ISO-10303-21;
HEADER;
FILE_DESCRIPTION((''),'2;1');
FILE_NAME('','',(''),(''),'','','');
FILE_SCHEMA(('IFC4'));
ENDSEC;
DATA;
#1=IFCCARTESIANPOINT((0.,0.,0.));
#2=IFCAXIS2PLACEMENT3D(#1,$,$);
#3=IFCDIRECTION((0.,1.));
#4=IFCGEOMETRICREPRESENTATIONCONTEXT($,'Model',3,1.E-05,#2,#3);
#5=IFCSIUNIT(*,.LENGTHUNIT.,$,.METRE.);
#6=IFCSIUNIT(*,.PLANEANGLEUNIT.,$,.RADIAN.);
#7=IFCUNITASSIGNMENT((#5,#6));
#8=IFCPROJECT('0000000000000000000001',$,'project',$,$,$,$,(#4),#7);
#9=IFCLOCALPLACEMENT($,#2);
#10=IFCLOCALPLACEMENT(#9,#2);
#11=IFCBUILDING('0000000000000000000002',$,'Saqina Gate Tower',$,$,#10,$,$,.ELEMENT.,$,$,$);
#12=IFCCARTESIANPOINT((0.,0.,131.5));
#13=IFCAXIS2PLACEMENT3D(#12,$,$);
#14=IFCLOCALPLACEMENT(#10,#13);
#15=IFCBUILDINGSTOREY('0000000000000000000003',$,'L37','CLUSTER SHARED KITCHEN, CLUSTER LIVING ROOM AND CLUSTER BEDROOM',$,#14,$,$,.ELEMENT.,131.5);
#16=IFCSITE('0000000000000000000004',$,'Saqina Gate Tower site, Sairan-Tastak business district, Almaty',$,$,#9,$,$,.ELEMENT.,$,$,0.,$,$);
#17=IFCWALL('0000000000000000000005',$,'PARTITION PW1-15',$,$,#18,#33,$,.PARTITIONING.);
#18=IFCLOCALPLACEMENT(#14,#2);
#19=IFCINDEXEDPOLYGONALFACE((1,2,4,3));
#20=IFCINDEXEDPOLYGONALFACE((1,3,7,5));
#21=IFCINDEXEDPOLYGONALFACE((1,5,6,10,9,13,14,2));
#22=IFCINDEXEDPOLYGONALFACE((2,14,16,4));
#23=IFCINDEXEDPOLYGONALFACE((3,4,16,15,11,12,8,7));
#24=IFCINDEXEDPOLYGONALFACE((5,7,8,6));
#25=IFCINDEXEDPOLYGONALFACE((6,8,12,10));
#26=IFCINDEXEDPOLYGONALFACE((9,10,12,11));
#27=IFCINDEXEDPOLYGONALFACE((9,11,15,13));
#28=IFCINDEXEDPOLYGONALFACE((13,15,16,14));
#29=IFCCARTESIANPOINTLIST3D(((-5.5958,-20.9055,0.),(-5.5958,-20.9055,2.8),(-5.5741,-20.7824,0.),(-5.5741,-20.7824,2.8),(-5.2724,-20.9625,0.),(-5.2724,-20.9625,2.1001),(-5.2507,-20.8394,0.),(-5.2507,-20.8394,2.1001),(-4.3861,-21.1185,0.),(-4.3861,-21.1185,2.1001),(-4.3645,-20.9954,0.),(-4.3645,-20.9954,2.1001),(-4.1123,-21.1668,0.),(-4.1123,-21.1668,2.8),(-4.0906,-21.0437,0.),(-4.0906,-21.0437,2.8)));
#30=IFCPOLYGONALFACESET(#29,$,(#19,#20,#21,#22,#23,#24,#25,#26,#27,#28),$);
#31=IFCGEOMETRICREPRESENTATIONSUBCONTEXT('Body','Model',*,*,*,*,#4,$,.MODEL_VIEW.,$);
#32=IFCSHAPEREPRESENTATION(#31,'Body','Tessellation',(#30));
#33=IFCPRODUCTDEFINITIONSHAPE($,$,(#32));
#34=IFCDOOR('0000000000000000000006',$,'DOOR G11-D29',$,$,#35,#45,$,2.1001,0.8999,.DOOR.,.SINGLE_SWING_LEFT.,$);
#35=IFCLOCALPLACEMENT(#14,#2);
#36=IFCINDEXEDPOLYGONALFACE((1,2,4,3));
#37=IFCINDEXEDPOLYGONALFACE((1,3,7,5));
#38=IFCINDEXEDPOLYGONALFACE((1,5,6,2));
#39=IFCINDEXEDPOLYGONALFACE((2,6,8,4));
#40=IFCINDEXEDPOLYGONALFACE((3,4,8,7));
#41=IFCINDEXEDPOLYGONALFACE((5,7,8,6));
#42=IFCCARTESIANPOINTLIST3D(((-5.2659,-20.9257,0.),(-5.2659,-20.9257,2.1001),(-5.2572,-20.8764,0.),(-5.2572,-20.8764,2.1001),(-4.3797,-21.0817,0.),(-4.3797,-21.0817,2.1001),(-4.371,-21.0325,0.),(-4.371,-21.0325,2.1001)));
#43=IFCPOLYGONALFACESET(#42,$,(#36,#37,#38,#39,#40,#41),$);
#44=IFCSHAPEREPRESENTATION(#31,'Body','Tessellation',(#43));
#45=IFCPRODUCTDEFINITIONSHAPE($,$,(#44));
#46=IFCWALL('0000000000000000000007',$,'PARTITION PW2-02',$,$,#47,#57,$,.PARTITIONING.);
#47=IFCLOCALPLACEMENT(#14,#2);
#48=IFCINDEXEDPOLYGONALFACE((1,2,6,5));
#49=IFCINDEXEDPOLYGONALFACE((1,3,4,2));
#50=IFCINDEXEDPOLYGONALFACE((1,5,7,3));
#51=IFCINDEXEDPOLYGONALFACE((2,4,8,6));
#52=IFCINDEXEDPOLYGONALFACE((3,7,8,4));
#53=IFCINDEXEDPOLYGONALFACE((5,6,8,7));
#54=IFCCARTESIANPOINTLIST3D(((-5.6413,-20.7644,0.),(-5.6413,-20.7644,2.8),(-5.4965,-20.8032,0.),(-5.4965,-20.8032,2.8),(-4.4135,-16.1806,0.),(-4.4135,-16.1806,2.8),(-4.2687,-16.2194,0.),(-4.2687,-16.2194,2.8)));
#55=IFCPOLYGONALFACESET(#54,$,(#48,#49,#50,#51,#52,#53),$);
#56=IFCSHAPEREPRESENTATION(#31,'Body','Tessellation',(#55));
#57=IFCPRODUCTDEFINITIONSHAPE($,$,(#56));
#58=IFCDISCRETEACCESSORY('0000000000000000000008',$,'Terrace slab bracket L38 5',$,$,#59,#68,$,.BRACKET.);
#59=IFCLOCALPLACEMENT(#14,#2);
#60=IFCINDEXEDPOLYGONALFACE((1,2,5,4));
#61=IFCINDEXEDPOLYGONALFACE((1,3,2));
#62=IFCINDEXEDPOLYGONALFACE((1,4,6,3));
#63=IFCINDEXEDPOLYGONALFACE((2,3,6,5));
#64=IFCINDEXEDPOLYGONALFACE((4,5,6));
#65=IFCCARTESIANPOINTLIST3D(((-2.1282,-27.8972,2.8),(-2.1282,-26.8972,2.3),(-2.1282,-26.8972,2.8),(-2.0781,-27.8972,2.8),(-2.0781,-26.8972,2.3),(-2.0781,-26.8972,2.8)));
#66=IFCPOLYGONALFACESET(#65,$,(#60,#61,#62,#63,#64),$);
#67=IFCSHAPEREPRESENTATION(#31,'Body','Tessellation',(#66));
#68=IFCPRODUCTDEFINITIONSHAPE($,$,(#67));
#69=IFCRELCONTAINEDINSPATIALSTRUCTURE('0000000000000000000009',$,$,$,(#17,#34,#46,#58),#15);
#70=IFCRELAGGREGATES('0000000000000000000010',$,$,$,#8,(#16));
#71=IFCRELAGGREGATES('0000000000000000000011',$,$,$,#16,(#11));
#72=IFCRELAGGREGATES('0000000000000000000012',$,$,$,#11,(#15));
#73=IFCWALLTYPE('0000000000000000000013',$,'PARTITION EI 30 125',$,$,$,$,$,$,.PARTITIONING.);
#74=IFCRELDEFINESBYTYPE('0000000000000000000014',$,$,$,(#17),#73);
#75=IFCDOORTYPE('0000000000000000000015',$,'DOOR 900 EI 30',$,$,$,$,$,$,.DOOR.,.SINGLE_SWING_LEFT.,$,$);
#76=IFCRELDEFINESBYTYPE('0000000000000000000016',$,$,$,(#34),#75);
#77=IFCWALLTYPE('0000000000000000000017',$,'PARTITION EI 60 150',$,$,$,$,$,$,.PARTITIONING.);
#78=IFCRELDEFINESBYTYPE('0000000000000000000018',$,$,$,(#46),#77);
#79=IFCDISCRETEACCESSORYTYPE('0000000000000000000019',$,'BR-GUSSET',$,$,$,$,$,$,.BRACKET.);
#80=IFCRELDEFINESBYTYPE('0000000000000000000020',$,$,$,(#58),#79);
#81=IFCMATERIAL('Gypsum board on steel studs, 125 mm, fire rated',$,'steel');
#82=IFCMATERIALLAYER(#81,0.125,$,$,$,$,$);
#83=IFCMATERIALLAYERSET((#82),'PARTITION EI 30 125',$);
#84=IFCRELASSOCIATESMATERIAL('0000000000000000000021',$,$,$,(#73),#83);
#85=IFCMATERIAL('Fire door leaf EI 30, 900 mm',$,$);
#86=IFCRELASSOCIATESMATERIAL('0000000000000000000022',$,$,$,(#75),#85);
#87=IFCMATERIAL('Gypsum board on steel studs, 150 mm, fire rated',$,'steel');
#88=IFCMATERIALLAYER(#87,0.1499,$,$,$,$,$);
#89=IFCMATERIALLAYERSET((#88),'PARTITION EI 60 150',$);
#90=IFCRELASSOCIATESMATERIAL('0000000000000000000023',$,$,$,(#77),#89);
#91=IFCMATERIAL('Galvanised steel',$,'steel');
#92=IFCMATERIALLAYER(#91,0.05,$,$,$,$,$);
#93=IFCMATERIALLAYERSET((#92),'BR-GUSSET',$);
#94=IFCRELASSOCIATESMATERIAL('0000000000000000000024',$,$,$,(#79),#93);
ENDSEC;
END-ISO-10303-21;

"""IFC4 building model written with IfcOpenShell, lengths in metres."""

from ifc_helpers import new_model, si_unit, direction, frame, frame_2d, origin, place, context, subcontext, project, spatial, polyline, rectangle, outline, extrude, material, layer, layer_set, type_object, element, fill, save


model = new_model("IFC4")

# Units and contexts
model_context = context("Model", 3, precision=1e-05, world=origin(), true_north=direction((0.0, 1.0)))
body_context = subcontext(model_context, "Body", "Model", "MODEL_VIEW")
ifc_project = project(units=[si_unit("LENGTHUNIT", "METRE"), si_unit("PLANEANGLEUNIT", "RADIAN")], contexts=[model_context])

# Site, building, storey
site_placement = place(None, origin())
site = spatial("IfcSite", under=ifc_project, at=site_placement, Name="Saqina Gate Tower site, Sairan-Tastak business district, Almaty", CompositionType="ELEMENT", RefElevation=0.0)
building_placement = place(site_placement, origin())
building = spatial("IfcBuilding", under=site, at=building_placement, Name="Saqina Gate Tower", CompositionType="ELEMENT")
storey_placement = place(building_placement, frame((0.0, 0.0, 131.5)))
storey = spatial("IfcBuildingStorey", under=building, at=storey_placement, Name="L37", Description="CLUSTER SHARED KITCHEN, CLUSTER LIVING ROOM AND CLUSTER BEDROOM", CompositionType="ELEMENT", Elevation=131.5)

# Wall, opening, door
ifc_material_1 = material(Name="Gypsum board on steel studs, 125 mm, fire rated", Category="steel")
ifc_layer_1 = layer(ifc_material_1, 0.125)
ifc_layer_set_1 = layer_set([ifc_layer_1], Name="PARTITION EI 30 125")
wall_type_1 = type_object("IfcWallType", Name="PARTITION EI 30 125", PredefinedType="PARTITIONING", material=ifc_layer_set_1)
wall_1_placement = place(storey_placement, frame((-5.585, -20.844, 0.0), z_axis=(0.0, 0.0, 1.0), x_axis=(0.98485, -0.173406, 0.0)))
wall_1 = element("IfcWall", 1, at=wall_1_placement, inside=storey, type_object=wall_type_1, Name="PARTITION PW1-15", PredefinedType="PARTITIONING", context=body_context, shape_type="SweptSolid", body=[
    extrude(rectangle(XDim=1.5063, YDim=0.125, at=frame_2d((0.7532, 0.0))), origin(), (0.0, 0.0, 1.0), 2.8),
])
opening_1_placement = place(wall_1_placement, frame((0.3284, 0.0, 0.0)))
opening_1 = element("IfcOpeningElement", 2, at=opening_1_placement, cuts=wall_1, PredefinedType="OPENING", context=body_context, shape_type="SweptSolid", body=[
    extrude(rectangle(XDim=0.8999, YDim=2.1001, at=frame_2d((0.45, 1.05))), frame((0.0, 0.0745, 0.0), z_axis=(0.0, -1.0, 0.0), x_axis=(1.0, 0.0, 0.0)), (0.0, 0.0, 1.0), 0.1489),
])
ifc_material_2 = material(Name="Fire door leaf EI 30, 900 mm")
door_type_1 = type_object("IfcDoorType", Name="DOOR 900 EI 30", OperationType="SINGLE_SWING_LEFT", PredefinedType="DOOR", material=ifc_material_2)
door_1_placement = place(opening_1_placement, origin())
door_1 = element("IfcDoor", 3, at=door_1_placement, inside=storey, type_object=door_type_1, Name="DOOR G11-D29", OperationType="SINGLE_SWING_LEFT", OverallHeight=2.1001, OverallWidth=0.8999, PredefinedType="DOOR", context=body_context, shape_type="SweptSolid", body=[
    extrude(rectangle(XDim=0.8999, YDim=2.1001, at=frame_2d((0.45, 1.05))), frame((0.0, 0.0249, 0.0), z_axis=(0.0, -1.0, 0.0), x_axis=(1.0, 0.0, 0.0)), (0.0, 0.0, 1.0), 0.05),
])
fill(opening_1, door_1)

# Wall
ifc_material_3 = material(Name="Gypsum board on steel studs, 150 mm, fire rated", Category="steel")
ifc_layer_2 = layer(ifc_material_3, 0.1499)
ifc_layer_set_2 = layer_set([ifc_layer_2], Name="PARTITION EI 60 150")
wall_type_2 = type_object("IfcWallType", Name="PARTITION EI 60 150", PredefinedType="PARTITIONING", material=ifc_layer_set_2)
wall_2_placement = place(storey_placement, frame((-5.5688, -20.7837, 0.0), z_axis=(0.0, 0.0, 1.0), x_axis=(0.258735, 0.965948, 0.0)))
element("IfcWall", 4, at=wall_2_placement, inside=storey, type_object=wall_type_2, Name="PARTITION PW2-02", PredefinedType="PARTITIONING", context=body_context, shape_type="SweptSolid", body=[
    extrude(rectangle(XDim=4.7454, YDim=0.1499, at=frame_2d((2.3726, 0.0))), origin(), (0.0, 0.0, 1.0), 2.8),
])

# Discrete accessory
ifc_material_4 = material(Name="Galvanised steel", Category="steel")
ifc_layer_3 = layer(ifc_material_4, 0.05)
ifc_layer_set_3 = layer_set([ifc_layer_3], Name="BR-GUSSET")
discrete_accessory_type = type_object("IfcDiscreteAccessoryType", Name="BR-GUSSET", PredefinedType="BRACKET", material=ifc_layer_set_3)
discrete_accessory_placement = place(storey_placement, frame((-2.0781, -26.8972, 2.3), z_axis=(1.0, 0.0, 0.0), x_axis=(0.0, 0.0, 1.0)))
element("IfcDiscreteAccessory", 5, at=discrete_accessory_placement, inside=storey, type_object=discrete_accessory_type, Name="Terrace slab bracket L38 5", PredefinedType="BRACKET", context=body_context, shape_type="SweptSolid", body=[
    extrude(outline(polyline([(0.0, 0.0), (0.5, 0.0), (0.5, 1.0), (0.0, 0.0)])), origin(), (0.0, 0.0, -1.0), 0.05),
])

save(model, "model.ifc")
